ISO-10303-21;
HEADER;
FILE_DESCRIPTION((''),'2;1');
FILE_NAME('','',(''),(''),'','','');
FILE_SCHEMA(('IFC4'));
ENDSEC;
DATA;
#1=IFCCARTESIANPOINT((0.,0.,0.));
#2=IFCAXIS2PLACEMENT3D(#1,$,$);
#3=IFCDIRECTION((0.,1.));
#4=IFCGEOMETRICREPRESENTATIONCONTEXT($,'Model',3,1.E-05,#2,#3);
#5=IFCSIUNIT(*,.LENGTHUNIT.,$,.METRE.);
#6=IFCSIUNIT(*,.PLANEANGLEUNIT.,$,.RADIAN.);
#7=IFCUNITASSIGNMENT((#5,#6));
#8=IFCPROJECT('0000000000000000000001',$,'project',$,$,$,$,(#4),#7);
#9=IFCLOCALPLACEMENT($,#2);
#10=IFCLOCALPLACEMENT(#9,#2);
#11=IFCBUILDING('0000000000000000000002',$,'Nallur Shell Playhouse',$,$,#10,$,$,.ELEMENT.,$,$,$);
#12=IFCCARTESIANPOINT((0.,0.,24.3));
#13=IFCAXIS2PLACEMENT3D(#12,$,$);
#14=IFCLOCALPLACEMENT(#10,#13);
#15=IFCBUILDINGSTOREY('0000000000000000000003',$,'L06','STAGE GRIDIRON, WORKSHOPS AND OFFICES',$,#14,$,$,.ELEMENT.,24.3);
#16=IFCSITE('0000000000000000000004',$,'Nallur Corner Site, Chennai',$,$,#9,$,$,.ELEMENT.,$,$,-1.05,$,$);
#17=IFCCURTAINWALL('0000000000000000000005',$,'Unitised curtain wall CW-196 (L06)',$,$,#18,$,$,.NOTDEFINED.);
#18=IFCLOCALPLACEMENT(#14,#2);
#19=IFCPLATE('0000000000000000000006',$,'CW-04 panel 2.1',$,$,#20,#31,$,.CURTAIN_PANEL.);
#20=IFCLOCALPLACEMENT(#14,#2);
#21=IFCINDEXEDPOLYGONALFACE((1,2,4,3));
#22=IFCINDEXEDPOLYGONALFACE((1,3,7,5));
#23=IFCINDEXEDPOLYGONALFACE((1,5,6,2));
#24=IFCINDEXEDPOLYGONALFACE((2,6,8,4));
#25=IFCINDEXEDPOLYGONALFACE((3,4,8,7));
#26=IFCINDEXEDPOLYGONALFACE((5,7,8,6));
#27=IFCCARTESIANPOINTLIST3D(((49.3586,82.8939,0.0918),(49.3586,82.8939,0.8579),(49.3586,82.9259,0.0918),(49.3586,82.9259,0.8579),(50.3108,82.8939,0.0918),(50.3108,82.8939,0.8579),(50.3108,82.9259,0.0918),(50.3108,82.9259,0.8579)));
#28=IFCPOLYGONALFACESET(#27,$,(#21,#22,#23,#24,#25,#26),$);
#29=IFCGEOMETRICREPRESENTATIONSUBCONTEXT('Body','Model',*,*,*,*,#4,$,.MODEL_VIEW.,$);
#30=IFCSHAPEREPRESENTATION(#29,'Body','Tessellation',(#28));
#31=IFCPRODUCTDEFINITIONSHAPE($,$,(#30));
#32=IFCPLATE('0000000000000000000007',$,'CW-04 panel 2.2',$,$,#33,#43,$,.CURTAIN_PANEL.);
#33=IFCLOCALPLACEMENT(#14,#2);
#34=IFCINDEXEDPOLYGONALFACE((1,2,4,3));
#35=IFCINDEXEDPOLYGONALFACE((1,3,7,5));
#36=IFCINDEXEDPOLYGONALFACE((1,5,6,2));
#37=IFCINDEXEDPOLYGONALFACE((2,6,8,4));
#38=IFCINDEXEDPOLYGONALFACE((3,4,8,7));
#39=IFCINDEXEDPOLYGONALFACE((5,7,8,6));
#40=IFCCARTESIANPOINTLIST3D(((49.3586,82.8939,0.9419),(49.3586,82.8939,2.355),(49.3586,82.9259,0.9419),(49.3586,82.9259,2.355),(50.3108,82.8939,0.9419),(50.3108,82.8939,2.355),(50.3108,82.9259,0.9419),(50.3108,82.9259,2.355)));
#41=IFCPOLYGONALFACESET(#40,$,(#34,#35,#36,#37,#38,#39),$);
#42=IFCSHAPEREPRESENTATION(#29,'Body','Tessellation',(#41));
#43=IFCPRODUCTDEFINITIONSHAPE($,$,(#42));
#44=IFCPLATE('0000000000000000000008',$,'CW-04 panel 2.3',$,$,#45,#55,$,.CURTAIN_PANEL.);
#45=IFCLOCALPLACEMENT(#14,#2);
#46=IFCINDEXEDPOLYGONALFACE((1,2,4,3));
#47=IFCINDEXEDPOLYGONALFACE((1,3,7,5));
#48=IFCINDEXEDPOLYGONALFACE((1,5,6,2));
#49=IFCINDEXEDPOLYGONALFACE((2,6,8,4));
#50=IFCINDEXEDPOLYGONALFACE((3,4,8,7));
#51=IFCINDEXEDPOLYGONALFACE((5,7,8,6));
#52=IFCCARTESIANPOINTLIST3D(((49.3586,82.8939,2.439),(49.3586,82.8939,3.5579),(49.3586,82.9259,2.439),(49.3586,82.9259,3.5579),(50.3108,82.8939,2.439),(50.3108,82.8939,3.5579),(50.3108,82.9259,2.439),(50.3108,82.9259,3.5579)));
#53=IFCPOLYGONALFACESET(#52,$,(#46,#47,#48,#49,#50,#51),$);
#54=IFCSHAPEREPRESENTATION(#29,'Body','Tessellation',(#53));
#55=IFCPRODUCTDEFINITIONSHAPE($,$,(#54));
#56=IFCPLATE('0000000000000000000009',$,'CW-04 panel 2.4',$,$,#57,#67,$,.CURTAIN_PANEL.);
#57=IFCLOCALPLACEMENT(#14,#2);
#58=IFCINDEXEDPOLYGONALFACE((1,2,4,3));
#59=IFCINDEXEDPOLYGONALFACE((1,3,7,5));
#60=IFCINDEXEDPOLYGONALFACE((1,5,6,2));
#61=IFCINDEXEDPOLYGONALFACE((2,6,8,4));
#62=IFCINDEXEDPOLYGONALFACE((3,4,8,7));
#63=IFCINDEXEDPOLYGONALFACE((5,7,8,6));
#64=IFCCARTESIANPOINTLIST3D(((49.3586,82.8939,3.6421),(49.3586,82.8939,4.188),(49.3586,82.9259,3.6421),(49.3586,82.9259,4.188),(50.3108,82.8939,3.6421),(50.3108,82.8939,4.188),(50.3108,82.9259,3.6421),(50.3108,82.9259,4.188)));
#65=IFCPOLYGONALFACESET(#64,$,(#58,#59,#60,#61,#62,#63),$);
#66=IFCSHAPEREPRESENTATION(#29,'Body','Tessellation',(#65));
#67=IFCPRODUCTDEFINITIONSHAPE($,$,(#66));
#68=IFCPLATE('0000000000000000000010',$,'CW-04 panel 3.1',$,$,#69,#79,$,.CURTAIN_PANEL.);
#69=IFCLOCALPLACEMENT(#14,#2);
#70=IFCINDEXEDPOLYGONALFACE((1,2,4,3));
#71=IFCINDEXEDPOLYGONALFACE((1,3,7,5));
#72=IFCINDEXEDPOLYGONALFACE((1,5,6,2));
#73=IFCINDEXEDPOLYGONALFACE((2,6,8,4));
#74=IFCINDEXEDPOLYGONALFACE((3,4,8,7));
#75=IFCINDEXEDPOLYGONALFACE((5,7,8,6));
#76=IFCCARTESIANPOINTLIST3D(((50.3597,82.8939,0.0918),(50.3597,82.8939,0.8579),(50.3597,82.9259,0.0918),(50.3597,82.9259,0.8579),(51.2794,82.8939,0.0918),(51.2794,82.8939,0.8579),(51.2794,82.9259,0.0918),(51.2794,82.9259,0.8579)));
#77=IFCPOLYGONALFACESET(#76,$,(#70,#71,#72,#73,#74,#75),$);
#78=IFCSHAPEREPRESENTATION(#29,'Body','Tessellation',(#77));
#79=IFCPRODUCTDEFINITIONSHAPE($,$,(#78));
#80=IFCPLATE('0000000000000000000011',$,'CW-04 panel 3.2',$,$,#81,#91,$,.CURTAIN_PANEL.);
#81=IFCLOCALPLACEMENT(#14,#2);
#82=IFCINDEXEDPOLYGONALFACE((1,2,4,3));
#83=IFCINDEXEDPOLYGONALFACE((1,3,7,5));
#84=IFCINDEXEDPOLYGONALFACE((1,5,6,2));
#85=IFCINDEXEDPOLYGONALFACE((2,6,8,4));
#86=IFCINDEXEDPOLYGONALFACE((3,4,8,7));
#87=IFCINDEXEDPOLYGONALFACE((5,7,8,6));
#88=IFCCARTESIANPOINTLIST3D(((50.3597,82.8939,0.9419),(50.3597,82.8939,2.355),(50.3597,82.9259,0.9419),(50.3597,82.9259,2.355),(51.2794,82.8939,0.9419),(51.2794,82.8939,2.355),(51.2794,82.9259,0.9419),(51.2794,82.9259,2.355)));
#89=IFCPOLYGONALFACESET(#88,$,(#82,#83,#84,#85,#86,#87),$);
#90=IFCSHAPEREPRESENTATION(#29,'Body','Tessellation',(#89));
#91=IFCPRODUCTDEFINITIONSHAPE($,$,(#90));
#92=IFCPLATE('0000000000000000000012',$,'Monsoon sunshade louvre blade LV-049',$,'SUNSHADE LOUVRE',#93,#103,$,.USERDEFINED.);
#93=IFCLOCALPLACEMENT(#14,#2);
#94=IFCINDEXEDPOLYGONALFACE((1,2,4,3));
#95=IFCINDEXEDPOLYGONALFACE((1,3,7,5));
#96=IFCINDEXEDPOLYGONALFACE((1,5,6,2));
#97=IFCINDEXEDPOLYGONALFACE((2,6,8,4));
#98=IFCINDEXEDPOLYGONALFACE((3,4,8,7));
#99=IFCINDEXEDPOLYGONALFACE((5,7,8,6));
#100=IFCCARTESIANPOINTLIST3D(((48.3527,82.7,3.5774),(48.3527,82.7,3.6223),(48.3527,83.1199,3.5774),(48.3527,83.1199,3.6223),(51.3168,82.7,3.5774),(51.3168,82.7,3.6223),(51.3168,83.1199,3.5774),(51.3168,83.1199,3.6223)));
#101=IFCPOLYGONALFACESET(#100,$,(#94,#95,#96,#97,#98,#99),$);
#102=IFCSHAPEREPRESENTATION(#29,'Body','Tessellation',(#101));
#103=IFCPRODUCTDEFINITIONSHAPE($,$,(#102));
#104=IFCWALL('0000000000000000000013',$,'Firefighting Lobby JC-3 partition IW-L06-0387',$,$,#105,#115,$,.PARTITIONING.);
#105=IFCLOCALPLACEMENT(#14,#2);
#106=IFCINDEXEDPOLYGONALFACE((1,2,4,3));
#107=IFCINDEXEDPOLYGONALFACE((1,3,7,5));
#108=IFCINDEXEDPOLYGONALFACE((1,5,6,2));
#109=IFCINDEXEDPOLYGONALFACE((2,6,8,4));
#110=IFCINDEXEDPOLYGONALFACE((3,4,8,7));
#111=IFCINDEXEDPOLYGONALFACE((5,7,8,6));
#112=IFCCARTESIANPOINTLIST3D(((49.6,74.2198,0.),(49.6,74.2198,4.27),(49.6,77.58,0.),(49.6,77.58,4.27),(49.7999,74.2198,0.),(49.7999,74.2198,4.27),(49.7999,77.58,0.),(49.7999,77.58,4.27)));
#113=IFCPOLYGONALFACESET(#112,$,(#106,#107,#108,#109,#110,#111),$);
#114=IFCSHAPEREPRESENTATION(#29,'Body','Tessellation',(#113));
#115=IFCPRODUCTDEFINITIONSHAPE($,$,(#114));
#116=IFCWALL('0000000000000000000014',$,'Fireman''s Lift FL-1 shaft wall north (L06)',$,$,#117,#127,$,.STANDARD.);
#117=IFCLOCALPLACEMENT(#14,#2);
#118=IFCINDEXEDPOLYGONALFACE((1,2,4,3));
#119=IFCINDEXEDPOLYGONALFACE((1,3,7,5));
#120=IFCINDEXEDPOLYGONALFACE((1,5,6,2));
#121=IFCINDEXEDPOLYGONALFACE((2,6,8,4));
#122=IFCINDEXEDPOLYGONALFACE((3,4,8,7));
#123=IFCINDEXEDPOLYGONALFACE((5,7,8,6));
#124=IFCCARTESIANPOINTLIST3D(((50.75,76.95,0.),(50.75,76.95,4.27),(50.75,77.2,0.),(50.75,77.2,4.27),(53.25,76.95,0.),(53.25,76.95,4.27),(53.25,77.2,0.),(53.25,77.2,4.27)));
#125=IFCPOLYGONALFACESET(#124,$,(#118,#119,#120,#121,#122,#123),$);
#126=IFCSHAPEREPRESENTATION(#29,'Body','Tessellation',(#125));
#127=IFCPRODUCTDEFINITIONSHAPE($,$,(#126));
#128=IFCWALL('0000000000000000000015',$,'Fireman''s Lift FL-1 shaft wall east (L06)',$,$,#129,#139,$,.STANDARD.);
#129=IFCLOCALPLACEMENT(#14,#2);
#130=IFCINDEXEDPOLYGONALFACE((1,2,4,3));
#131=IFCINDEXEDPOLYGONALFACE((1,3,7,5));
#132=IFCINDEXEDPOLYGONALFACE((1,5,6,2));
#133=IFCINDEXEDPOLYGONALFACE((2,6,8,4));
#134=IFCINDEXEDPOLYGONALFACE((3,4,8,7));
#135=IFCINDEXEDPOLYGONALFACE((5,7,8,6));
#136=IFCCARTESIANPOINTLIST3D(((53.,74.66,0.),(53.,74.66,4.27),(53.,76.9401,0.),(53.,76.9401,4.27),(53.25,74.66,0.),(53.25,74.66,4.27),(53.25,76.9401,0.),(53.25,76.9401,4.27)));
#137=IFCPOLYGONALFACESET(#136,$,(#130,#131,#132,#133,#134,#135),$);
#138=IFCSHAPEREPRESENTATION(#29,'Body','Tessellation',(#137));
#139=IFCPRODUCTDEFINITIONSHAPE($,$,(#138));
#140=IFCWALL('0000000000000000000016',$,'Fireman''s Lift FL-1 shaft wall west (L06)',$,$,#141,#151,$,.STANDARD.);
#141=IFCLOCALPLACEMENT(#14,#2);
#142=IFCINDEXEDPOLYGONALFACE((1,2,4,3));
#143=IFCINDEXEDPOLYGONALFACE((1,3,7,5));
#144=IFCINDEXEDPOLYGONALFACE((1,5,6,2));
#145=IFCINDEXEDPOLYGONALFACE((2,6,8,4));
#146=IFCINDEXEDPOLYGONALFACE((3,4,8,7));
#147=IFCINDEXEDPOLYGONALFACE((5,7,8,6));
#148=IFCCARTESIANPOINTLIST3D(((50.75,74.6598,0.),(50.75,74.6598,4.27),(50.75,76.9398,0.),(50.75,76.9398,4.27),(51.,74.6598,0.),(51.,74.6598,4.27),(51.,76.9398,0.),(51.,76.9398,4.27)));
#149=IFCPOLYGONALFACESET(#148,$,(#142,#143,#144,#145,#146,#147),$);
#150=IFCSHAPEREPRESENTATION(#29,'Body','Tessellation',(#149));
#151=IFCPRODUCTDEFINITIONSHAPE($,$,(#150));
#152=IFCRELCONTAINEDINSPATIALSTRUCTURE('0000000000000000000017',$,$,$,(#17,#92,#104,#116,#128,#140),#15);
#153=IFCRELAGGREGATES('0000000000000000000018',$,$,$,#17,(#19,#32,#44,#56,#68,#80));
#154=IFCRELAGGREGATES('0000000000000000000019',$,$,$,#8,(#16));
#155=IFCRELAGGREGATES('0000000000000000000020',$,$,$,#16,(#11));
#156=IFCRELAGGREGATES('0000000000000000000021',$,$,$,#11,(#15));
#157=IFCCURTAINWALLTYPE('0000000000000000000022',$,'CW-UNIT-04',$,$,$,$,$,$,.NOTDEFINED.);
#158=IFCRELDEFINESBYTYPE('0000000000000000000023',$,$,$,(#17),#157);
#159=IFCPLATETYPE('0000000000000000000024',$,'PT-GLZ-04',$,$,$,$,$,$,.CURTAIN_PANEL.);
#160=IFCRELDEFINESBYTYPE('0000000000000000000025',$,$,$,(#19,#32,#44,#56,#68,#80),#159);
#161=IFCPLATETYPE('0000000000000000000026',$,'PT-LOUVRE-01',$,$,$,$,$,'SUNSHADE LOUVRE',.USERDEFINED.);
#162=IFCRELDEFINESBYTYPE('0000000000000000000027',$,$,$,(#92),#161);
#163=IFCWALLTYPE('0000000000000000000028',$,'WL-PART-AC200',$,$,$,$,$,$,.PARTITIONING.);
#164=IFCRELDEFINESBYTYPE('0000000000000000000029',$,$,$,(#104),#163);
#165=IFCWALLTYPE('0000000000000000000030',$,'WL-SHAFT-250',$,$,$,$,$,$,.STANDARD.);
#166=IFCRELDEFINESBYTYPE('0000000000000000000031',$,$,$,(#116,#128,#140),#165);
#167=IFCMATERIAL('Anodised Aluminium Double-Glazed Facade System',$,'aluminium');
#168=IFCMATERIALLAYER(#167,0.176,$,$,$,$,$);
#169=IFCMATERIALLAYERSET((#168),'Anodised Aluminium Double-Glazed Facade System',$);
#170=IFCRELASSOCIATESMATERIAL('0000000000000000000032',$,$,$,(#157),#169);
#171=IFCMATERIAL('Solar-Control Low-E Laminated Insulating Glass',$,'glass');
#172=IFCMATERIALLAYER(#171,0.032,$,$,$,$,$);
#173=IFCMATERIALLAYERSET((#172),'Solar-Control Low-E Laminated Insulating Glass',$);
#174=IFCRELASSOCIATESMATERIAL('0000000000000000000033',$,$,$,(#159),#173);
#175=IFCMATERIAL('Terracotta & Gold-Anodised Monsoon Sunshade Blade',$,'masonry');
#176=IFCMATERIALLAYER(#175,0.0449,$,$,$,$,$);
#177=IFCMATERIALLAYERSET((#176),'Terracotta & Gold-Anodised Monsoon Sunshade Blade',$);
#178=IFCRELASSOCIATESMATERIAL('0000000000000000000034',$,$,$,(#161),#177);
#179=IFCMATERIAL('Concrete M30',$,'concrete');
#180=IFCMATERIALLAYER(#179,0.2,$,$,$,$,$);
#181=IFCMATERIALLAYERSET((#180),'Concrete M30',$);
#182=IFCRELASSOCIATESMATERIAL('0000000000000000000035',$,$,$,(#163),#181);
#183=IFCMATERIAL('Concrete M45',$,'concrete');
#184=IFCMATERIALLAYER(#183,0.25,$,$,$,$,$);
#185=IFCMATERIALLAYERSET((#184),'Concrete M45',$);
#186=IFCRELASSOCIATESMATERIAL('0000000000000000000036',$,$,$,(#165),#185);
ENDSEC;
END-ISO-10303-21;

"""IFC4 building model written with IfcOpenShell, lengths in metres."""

from ifc_helpers import new_model, si_unit, direction, frame, frame_2d, origin, origin_2d, place, context, subcontext, project, spatial, rectangle, extrude, material, layer, layer_set, type_object, element, aggregate, save


model = new_model("IFC4")

# Units and contexts
model_context = context("Model", 3, precision=1e-05, world=origin(), true_north=direction((0.0, 1.0)))
body_context = subcontext(model_context, "Body", "Model", "MODEL_VIEW")
ifc_project = project(units=[si_unit("LENGTHUNIT", "METRE"), si_unit("PLANEANGLEUNIT", "RADIAN")], contexts=[model_context])

# Site, building, storey
site_placement = place(None, origin())
site = spatial("IfcSite", under=ifc_project, at=site_placement, Name="Nallur Corner Site, Chennai", CompositionType="ELEMENT", RefElevation=-1.05)
building_placement = place(site_placement, origin())
building = spatial("IfcBuilding", under=site, at=building_placement, Name="Nallur Shell Playhouse", CompositionType="ELEMENT")
storey_placement = place(building_placement, frame((0.0, 0.0, 24.3)))
storey = spatial("IfcBuildingStorey", under=building, at=storey_placement, Name="L06", Description="STAGE GRIDIRON, WORKSHOPS AND OFFICES", CompositionType="ELEMENT", Elevation=24.3)

# Curtain wall, plates
ifc_material_1 = material(Name="Anodised Aluminium Double-Glazed Facade System", Category="aluminium")
ifc_layer_1 = layer(ifc_material_1, 0.176)
ifc_layer_set_1 = layer_set([ifc_layer_1], Name="Anodised Aluminium Double-Glazed Facade System")
curtain_wall_type = type_object("IfcCurtainWallType", Name="CW-UNIT-04", PredefinedType="NOTDEFINED", material=ifc_layer_set_1)
curtain_wall_placement = place(storey_placement, origin())
curtain_wall = element("IfcCurtainWall", 1, at=curtain_wall_placement, inside=storey, type_object=curtain_wall_type, Name="Unitised curtain wall CW-196 (L06)", PredefinedType="NOTDEFINED")
ifc_material_2 = material(Name="Solar-Control Low-E Laminated Insulating Glass", Category="glass")
ifc_layer_2 = layer(ifc_material_2, 0.032)
ifc_layer_set_2 = layer_set([ifc_layer_2], Name="Solar-Control Low-E Laminated Insulating Glass")
plate_type_1 = type_object("IfcPlateType", Name="PT-GLZ-04", PredefinedType="CURTAIN_PANEL", material=ifc_layer_set_2)
plate_1_placement = place(storey_placement, frame((49.8347, 82.9099, 0.0918), z_axis=(0.0, 0.0, 1.0), x_axis=(1.0, 0.0, 0.0)))
plate_1 = element("IfcPlate", 2, at=plate_1_placement, type_object=plate_type_1, Name="CW-04 panel 2.1", PredefinedType="CURTAIN_PANEL", context=body_context, shape_type="SweptSolid", body=[
    extrude(rectangle(XDim=0.9521, YDim=0.032, at=origin_2d()), origin(), (0.0, 0.0, 1.0), 0.7661),
])
plate_2_placement = place(storey_placement, frame((49.8347, 82.9099, 0.9419), z_axis=(0.0, 0.0, 1.0), x_axis=(1.0, 0.0, 0.0)))
plate_2 = element("IfcPlate", 3, at=plate_2_placement, type_object=plate_type_1, Name="CW-04 panel 2.2", PredefinedType="CURTAIN_PANEL", context=body_context, shape_type="SweptSolid", body=[
    extrude(rectangle(XDim=0.9521, YDim=0.032, at=origin_2d()), origin(), (0.0, 0.0, 1.0), 1.4131),
])
plate_3_placement = place(storey_placement, frame((49.8347, 82.9099, 2.439), z_axis=(0.0, 0.0, 1.0), x_axis=(1.0, 0.0, 0.0)))
plate_3 = element("IfcPlate", 4, at=plate_3_placement, type_object=plate_type_1, Name="CW-04 panel 2.3", PredefinedType="CURTAIN_PANEL", context=body_context, shape_type="SweptSolid", body=[
    extrude(rectangle(XDim=0.9521, YDim=0.032, at=origin_2d()), origin(), (0.0, 0.0, 1.0), 1.1189),
])
plate_4_placement = place(storey_placement, frame((49.8347, 82.9099, 3.6421), z_axis=(0.0, 0.0, 1.0), x_axis=(1.0, 0.0, 0.0)))
plate_4 = element("IfcPlate", 5, at=plate_4_placement, type_object=plate_type_1, Name="CW-04 panel 2.4", PredefinedType="CURTAIN_PANEL", context=body_context, shape_type="SweptSolid", body=[
    extrude(rectangle(XDim=0.9521, YDim=0.032, at=origin_2d()), origin(), (0.0, 0.0, 1.0), 0.5459),
])
plate_5_placement = place(storey_placement, frame((50.8196, 82.9099, 0.0918), z_axis=(0.0, 0.0, 1.0), x_axis=(1.0, 0.0, 0.0)))
plate_5 = element("IfcPlate", 6, at=plate_5_placement, type_object=plate_type_1, Name="CW-04 panel 3.1", PredefinedType="CURTAIN_PANEL", context=body_context, shape_type="SweptSolid", body=[
    extrude(rectangle(XDim=0.9197, YDim=0.032, at=origin_2d()), origin(), (0.0, 0.0, 1.0), 0.7661),
])
plate_6_placement = place(storey_placement, frame((50.8196, 82.9099, 0.9419), z_axis=(0.0, 0.0, 1.0), x_axis=(1.0, 0.0, 0.0)))
plate_6 = element("IfcPlate", 7, at=plate_6_placement, type_object=plate_type_1, Name="CW-04 panel 3.2", PredefinedType="CURTAIN_PANEL", context=body_context, shape_type="SweptSolid", body=[
    extrude(rectangle(XDim=0.9197, YDim=0.032, at=origin_2d()), origin(), (0.0, 0.0, 1.0), 1.4131),
])
aggregate(curtain_wall, [plate_1, plate_2, plate_3, plate_4, plate_5, plate_6])

# Plate
ifc_material_3 = material(Name="Terracotta & Gold-Anodised Monsoon Sunshade Blade", Category="masonry")
ifc_layer_3 = layer(ifc_material_3, 0.0449)
ifc_layer_set_3 = layer_set([ifc_layer_3], Name="Terracotta & Gold-Anodised Monsoon Sunshade Blade")
plate_type_2 = type_object("IfcPlateType", Name="PT-LOUVRE-01", ElementType="SUNSHADE LOUVRE", PredefinedType="USERDEFINED", material=ifc_layer_set_3)
plate_7_placement = place(storey_placement, frame((49.8347, 82.9099, 3.5774), z_axis=(0.0, 0.0, 1.0), x_axis=(1.0, 0.0, 0.0)))
element("IfcPlate", 8, at=plate_7_placement, inside=storey, type_object=plate_type_2, Name="Monsoon sunshade louvre blade LV-049", ObjectType="SUNSHADE LOUVRE", PredefinedType="USERDEFINED", context=body_context, shape_type="SweptSolid", body=[
    extrude(rectangle(XDim=2.9641, YDim=0.4199, at=origin_2d()), origin(), (0.0, 0.0, 1.0), 0.0449),
])

# Walls
ifc_material_4 = material(Name="Concrete M30", Category="concrete")
ifc_layer_4 = layer(ifc_material_4, 0.2)
ifc_layer_set_4 = layer_set([ifc_layer_4], Name="Concrete M30")
wall_type_1 = type_object("IfcWallType", Name="WL-PART-AC200", PredefinedType="PARTITIONING", material=ifc_layer_set_4)
wall_1_placement = place(storey_placement, frame((49.7, 77.5801, 0.0), z_axis=(0.0, 0.0, 1.0), x_axis=(0.0, -1.0, 0.0)))
element("IfcWall", 9, at=wall_1_placement, inside=storey, type_object=wall_type_1, Name="Firefighting Lobby JC-3 partition IW-L06-0387", PredefinedType="PARTITIONING", context=body_context, shape_type="SweptSolid", body=[
    extrude(rectangle(XDim=3.3601, YDim=0.2, at=frame_2d((1.6802, 0.0))), origin(), (0.0, 0.0, 1.0), 4.27),
])
ifc_material_5 = material(Name="Concrete M45", Category="concrete")
ifc_layer_5 = layer(ifc_material_5, 0.25)
ifc_layer_set_5 = layer_set([ifc_layer_5], Name="Concrete M45")
wall_type_2 = type_object("IfcWallType", Name="WL-SHAFT-250", PredefinedType="STANDARD", material=ifc_layer_set_5)
wall_2_placement = place(storey_placement, frame((53.25, 77.075, 0.0), z_axis=(0.0, 0.0, 1.0), x_axis=(-1.0, 0.0, 0.0)))
element("IfcWall", 10, at=wall_2_placement, inside=storey, type_object=wall_type_2, Name="Fireman's Lift FL-1 shaft wall north (L06)", PredefinedType="STANDARD", context=body_context, shape_type="SweptSolid", body=[
    extrude(rectangle(XDim=2.5, YDim=0.25, at=frame_2d((1.25, 0.0))), origin(), (0.0, 0.0, 1.0), 4.27),
])
for number, where, z_axis, x_axis, name in (
    (11, (53.125, 74.6599, 0.0), (0.0, 0.0, 1.0), (0.0, 1.0, 0.0), "Fireman's Lift FL-1 shaft wall east (L06)"),
    (12, (50.875, 76.9399, 0.0), (0.0, 0.0, 1.0), (0.0, -1.0, 0.0), "Fireman's Lift FL-1 shaft wall west (L06)"),
):
    element("IfcWall", number, at=place(storey_placement, frame(where, z_axis=z_axis, x_axis=x_axis)), inside=storey, type_object=wall_type_2, Name=name, PredefinedType="STANDARD", context=body_context, shape_type="SweptSolid", body=[
        extrude(rectangle(XDim=2.28, YDim=0.25, at=frame_2d((1.1401, 0.0))), origin(), (0.0, 0.0, 1.0), 4.27),
    ])

save(model, "model.ifc")
